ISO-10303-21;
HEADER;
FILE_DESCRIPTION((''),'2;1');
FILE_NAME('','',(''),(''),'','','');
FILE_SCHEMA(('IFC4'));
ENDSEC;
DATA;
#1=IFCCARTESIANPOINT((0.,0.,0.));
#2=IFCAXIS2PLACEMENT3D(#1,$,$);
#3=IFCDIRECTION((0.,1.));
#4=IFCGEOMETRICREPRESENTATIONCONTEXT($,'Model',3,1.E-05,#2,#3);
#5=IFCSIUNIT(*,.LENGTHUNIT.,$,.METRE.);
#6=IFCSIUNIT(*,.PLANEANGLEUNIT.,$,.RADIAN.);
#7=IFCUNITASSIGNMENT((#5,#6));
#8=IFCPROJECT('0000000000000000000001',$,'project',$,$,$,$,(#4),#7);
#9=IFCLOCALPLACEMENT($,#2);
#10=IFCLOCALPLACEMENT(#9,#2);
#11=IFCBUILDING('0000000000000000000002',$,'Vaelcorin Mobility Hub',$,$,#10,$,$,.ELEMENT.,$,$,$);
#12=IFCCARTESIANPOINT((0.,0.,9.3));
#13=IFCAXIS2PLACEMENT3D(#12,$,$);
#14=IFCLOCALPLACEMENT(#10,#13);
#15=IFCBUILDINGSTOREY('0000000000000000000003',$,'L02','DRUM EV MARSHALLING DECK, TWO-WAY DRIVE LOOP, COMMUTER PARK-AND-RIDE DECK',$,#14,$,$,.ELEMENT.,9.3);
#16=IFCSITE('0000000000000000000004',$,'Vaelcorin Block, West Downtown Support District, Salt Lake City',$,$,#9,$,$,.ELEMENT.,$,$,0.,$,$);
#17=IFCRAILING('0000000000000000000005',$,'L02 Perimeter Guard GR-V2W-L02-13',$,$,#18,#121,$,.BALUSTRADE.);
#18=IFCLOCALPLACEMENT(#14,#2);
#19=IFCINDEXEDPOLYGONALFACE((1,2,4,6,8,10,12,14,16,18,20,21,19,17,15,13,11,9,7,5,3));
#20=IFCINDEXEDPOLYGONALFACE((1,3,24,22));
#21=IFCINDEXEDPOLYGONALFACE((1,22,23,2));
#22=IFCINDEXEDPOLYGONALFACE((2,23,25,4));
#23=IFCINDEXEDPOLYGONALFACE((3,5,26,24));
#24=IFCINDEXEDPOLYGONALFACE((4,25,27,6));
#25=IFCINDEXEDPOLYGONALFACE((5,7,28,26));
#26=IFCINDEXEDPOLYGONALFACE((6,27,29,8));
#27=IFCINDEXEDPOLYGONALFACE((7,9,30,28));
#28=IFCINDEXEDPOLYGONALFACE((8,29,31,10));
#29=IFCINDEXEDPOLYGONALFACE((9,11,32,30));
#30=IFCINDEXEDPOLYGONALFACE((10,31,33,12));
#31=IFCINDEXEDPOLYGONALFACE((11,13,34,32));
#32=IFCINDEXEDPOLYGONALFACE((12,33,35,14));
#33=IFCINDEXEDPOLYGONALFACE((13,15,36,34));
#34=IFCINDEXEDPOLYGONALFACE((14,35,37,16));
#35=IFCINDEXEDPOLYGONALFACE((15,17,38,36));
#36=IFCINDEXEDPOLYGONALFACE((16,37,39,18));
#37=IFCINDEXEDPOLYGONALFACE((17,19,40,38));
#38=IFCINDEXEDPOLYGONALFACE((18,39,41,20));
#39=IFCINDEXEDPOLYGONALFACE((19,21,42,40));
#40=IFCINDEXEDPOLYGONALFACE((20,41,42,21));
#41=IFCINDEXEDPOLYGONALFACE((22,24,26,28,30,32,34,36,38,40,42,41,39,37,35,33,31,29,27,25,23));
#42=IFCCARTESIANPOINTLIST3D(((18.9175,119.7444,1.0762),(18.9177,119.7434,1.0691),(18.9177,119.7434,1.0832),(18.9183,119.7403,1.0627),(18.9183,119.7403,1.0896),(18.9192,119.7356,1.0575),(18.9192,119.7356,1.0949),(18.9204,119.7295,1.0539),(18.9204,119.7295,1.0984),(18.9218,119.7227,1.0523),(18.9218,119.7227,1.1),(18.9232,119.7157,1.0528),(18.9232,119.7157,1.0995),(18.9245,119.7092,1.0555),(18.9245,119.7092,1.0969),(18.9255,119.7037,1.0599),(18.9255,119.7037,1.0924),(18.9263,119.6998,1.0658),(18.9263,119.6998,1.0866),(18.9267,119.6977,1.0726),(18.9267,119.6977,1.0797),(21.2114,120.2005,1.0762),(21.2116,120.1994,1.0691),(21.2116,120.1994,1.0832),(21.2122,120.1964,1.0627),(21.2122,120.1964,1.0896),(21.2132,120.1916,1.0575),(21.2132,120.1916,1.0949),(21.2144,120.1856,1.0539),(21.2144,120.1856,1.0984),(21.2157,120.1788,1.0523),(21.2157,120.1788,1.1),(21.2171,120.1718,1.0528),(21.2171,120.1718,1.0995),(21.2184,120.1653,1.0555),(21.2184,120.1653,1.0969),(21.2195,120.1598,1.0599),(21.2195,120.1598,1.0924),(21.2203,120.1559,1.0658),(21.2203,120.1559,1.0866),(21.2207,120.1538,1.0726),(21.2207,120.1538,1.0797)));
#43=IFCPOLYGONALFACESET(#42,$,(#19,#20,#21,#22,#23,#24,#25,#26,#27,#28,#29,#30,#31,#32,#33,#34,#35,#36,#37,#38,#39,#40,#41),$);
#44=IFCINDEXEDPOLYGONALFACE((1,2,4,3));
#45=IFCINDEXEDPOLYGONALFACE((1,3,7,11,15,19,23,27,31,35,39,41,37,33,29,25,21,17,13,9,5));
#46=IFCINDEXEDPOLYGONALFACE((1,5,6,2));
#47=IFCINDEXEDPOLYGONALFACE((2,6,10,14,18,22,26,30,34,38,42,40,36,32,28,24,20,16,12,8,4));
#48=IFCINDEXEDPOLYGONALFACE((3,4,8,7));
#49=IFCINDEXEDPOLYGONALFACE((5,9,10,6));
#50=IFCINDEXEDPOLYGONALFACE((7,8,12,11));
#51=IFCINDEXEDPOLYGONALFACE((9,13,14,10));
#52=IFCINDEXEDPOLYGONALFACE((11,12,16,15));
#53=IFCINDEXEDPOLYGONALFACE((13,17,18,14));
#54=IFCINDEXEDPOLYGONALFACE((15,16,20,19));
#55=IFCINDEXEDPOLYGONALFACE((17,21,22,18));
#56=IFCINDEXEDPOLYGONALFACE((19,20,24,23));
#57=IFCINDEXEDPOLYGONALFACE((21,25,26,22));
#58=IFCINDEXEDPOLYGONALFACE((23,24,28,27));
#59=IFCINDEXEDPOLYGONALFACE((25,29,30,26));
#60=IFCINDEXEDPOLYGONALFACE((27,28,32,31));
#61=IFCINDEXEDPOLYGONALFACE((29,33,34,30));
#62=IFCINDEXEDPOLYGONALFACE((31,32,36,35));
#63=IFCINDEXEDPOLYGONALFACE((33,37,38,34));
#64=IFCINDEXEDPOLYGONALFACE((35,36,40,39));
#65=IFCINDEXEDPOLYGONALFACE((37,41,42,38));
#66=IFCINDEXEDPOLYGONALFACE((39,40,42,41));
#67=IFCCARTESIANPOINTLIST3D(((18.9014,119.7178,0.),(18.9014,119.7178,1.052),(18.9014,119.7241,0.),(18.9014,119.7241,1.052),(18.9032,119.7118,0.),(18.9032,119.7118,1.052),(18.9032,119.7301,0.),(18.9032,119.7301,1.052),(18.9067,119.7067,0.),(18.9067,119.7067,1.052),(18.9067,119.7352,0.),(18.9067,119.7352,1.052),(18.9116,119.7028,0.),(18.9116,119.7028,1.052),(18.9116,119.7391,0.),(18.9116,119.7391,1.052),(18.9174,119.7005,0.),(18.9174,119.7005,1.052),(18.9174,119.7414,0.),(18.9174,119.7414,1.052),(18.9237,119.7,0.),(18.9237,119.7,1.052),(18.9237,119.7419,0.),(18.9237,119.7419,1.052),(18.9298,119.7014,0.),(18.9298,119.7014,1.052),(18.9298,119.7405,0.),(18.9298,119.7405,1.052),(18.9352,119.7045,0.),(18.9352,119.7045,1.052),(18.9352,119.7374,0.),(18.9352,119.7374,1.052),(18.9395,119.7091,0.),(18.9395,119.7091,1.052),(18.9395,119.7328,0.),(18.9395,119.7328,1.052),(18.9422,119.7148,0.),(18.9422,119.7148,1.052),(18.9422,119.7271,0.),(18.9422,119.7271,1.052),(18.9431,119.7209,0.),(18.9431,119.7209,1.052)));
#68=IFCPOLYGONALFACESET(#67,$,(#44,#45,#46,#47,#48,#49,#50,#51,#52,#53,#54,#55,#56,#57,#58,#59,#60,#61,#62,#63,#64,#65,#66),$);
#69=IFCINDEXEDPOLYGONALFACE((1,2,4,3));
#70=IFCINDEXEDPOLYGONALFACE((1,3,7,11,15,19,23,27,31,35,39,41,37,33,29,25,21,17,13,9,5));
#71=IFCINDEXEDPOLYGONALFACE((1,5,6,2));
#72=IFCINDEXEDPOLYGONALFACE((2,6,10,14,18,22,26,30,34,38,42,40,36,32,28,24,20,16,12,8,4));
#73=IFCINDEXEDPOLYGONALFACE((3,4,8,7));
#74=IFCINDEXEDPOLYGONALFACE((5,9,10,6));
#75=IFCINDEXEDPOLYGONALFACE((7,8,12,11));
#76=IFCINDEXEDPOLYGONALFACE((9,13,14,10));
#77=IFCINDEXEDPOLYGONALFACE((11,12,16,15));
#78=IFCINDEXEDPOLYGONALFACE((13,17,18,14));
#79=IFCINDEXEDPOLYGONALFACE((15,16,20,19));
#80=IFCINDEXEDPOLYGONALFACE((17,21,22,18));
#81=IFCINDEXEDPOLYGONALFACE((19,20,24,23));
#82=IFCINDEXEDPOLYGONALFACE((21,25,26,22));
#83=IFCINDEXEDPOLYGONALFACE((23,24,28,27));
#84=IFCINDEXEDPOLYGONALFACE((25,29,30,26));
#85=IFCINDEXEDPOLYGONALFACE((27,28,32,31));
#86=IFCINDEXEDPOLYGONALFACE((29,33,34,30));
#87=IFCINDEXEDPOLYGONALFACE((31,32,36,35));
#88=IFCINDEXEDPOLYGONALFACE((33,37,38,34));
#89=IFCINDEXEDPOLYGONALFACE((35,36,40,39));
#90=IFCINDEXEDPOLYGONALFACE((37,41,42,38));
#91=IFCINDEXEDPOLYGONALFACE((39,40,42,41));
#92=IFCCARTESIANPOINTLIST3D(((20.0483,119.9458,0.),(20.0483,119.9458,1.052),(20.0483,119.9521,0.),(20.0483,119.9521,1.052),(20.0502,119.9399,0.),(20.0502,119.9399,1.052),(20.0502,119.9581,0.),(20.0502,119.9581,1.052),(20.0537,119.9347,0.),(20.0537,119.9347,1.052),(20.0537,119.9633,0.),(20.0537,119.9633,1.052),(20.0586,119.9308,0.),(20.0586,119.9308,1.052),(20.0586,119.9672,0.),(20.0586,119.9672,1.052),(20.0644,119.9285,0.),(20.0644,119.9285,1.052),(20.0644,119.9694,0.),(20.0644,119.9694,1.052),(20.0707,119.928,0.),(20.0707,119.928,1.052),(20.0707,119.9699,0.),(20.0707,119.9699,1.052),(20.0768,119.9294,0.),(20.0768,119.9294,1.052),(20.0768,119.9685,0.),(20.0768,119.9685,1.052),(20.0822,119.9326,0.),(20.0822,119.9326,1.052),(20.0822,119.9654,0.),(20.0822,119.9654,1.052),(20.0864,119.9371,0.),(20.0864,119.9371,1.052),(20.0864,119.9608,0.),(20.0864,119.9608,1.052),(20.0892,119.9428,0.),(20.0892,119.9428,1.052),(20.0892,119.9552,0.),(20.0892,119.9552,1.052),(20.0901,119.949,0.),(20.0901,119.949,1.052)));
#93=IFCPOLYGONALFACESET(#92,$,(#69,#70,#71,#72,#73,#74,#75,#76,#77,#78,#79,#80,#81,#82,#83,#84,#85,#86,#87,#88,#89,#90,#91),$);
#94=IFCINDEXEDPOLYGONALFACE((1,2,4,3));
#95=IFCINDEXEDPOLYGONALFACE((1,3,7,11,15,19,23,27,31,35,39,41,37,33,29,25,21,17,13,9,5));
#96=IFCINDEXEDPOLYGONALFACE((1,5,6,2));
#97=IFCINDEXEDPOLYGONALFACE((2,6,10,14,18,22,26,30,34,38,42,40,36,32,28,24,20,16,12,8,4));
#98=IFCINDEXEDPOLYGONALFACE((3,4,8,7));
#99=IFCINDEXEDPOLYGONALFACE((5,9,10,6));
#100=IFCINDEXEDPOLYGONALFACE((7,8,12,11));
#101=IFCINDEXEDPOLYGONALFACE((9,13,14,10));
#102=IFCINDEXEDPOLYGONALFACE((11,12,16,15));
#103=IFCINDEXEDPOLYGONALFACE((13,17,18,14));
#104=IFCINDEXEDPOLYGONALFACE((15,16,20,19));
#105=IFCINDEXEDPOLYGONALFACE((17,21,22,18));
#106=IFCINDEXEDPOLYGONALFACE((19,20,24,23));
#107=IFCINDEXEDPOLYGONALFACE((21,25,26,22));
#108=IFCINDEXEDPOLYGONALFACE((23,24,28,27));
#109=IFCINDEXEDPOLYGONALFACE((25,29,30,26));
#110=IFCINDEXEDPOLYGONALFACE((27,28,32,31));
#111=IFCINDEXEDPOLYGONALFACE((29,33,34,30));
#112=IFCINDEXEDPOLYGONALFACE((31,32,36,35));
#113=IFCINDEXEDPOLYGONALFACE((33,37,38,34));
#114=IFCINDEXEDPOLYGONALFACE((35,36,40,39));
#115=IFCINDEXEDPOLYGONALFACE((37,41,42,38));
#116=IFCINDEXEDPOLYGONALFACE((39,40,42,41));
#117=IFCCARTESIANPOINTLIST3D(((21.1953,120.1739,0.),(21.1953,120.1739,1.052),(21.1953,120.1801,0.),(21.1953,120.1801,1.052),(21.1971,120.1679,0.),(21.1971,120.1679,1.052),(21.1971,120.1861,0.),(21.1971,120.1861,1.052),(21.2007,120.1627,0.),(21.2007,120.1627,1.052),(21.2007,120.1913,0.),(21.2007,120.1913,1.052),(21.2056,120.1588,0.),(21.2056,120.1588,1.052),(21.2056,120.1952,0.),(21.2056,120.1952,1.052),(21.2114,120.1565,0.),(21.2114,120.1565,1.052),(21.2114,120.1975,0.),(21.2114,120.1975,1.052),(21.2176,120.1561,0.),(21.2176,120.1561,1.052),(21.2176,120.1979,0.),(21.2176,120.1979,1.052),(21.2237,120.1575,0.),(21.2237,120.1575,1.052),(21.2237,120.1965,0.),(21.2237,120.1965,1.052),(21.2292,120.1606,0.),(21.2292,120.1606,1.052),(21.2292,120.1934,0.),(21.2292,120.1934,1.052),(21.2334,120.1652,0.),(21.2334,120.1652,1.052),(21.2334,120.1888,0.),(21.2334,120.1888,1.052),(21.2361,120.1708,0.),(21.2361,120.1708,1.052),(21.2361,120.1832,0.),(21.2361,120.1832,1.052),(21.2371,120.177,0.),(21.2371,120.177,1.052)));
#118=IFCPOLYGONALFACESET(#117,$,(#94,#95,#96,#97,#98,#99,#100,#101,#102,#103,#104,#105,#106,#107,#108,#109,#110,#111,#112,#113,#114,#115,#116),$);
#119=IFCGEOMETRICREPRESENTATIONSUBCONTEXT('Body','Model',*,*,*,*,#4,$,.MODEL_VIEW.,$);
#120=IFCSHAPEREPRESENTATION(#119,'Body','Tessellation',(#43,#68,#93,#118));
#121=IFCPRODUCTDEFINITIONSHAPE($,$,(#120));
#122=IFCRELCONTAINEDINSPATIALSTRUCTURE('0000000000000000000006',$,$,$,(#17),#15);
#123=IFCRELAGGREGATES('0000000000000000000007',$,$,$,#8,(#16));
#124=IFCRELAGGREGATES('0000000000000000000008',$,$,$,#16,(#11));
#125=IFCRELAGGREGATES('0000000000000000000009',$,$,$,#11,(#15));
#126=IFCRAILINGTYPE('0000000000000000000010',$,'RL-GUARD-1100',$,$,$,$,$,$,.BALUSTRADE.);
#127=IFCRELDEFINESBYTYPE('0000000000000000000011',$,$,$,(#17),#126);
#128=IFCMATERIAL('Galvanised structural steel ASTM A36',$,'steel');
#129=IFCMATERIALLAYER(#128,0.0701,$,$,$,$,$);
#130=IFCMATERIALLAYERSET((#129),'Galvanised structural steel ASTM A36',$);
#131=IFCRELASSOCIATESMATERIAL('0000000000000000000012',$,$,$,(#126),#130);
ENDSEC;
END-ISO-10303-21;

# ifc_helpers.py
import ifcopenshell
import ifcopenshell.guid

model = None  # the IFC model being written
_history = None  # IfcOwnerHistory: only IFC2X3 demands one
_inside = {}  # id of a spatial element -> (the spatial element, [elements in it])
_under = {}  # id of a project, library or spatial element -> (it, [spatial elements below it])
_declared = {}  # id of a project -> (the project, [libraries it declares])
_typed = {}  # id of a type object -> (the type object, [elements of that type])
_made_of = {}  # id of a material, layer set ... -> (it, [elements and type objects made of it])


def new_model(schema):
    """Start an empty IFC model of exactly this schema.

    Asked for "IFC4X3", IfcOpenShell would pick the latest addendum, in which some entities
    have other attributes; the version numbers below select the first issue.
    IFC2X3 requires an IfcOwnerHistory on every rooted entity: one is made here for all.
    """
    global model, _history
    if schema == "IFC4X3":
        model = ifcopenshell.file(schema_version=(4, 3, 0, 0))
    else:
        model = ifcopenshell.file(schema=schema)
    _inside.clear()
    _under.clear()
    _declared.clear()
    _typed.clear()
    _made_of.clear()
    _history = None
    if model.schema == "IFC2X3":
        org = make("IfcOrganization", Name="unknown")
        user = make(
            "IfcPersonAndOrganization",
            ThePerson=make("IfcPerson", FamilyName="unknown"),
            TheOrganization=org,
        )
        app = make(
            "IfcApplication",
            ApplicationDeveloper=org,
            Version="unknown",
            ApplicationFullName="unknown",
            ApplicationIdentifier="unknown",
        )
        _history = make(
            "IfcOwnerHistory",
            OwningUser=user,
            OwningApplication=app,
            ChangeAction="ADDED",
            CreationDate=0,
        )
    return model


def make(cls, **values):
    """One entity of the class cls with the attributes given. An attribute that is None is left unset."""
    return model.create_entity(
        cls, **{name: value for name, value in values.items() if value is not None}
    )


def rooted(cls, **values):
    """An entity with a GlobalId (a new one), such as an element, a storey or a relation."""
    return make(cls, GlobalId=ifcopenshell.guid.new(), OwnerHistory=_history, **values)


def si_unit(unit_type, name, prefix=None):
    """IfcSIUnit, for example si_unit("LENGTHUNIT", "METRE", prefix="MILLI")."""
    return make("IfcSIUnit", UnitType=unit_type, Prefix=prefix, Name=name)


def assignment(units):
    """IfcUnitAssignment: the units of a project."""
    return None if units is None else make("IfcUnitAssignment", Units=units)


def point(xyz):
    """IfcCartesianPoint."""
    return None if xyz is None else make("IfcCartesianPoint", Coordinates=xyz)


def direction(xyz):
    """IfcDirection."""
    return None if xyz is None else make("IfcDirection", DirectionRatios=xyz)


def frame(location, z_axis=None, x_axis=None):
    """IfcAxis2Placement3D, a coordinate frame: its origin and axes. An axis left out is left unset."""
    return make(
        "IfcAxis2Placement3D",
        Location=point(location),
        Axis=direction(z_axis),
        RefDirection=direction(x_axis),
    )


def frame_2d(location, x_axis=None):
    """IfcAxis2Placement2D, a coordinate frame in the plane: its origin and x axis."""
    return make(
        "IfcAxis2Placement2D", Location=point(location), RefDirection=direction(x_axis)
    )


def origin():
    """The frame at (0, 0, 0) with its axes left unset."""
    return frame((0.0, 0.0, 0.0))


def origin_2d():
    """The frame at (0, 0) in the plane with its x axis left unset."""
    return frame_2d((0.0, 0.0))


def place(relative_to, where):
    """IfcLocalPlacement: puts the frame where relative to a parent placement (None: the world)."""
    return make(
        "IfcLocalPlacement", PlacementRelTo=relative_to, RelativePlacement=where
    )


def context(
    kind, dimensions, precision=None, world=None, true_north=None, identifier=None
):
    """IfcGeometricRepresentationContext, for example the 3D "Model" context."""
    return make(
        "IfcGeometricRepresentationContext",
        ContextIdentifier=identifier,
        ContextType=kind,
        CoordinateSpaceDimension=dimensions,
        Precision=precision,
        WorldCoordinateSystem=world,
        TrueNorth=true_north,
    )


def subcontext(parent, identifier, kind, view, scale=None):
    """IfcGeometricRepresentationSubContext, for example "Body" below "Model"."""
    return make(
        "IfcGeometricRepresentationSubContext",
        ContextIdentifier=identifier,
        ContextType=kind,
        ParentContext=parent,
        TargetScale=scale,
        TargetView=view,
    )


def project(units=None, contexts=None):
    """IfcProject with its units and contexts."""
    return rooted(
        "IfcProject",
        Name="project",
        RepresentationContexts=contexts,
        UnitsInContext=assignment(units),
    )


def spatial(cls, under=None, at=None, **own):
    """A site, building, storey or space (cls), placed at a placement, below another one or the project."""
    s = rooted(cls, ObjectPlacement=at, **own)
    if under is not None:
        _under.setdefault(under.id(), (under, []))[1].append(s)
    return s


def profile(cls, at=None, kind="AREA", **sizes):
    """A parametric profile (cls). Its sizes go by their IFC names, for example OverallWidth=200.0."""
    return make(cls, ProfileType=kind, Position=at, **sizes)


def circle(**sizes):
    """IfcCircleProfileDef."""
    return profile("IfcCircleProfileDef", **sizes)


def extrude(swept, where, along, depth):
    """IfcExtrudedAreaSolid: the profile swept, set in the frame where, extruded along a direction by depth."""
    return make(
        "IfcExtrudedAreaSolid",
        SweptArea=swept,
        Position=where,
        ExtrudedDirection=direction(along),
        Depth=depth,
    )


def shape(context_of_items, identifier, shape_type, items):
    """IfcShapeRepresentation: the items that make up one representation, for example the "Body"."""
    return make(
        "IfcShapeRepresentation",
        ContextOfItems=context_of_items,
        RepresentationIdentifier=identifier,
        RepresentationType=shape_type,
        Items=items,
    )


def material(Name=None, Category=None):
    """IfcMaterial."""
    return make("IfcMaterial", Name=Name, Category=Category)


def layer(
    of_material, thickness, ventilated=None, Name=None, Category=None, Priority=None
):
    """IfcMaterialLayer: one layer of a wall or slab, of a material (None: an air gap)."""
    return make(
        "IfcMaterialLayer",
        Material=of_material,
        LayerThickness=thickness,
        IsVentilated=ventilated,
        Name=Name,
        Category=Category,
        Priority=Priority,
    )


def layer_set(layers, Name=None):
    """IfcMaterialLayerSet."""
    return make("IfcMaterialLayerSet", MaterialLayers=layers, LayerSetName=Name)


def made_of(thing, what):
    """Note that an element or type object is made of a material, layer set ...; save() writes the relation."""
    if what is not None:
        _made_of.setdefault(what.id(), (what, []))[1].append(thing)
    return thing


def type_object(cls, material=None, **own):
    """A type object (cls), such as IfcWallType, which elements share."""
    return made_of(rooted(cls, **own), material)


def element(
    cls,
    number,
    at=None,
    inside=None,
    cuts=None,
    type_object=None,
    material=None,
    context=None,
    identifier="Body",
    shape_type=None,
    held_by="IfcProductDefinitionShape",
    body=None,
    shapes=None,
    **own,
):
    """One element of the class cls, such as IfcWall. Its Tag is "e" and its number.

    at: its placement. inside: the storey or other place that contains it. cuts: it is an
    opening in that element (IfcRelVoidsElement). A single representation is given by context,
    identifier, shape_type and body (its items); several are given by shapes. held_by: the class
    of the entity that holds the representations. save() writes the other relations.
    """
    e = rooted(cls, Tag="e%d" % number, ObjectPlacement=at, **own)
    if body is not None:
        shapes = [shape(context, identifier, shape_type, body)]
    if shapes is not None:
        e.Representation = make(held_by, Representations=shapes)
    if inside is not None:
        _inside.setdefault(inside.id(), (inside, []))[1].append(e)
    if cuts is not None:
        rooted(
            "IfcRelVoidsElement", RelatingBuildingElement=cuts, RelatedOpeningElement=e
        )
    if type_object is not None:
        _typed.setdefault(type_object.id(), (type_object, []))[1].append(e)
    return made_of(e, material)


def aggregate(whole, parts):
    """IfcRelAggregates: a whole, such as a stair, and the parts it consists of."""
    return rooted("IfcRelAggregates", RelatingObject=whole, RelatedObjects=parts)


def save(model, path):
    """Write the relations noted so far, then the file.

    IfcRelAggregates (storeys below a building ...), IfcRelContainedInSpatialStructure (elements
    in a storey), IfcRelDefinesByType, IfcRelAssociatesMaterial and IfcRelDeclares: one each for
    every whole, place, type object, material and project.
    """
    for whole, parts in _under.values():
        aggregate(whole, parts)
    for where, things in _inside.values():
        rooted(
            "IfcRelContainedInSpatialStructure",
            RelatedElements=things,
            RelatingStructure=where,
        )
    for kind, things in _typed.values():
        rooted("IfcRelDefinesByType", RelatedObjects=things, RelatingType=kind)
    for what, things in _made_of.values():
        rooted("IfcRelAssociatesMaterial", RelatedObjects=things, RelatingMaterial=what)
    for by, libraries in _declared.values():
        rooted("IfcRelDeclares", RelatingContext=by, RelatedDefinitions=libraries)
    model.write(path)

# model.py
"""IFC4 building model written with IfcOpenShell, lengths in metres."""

from ifc_helpers import new_model, si_unit, direction, frame, origin, origin_2d, place, context, subcontext, project, spatial, circle, extrude, material, layer, layer_set, type_object, element, save


model = new_model("IFC4")

# Units and contexts
model_context = context("Model", 3, precision=1e-05, world=origin(), true_north=direction((0.0, 1.0)))
body_context = subcontext(model_context, "Body", "Model", "MODEL_VIEW")
ifc_project = project(units=[si_unit("LENGTHUNIT", "METRE"), si_unit("PLANEANGLEUNIT", "RADIAN")], contexts=[model_context])

# Site, building, storey
site_placement = place(None, origin())
site = spatial("IfcSite", under=ifc_project, at=site_placement, Name="Vaelcorin Block, West Downtown Support District, Salt Lake City", CompositionType="ELEMENT", RefElevation=0.0)
building_placement = place(site_placement, origin())
building = spatial("IfcBuilding", under=site, at=building_placement, Name="Vaelcorin Mobility Hub", CompositionType="ELEMENT")
storey_placement = place(building_placement, frame((0.0, 0.0, 9.3)))
storey = spatial("IfcBuildingStorey", under=building, at=storey_placement, Name="L02", Description="DRUM EV MARSHALLING DECK, TWO-WAY DRIVE LOOP, COMMUTER PARK-AND-RIDE DECK", CompositionType="ELEMENT", Elevation=9.3)

# Railing
ifc_material_1 = material(Name="Galvanised structural steel ASTM A36", Category="steel")
ifc_layer_1 = layer(ifc_material_1, 0.0701)
ifc_layer_set_1 = layer_set([ifc_layer_1], Name="Galvanised structural steel ASTM A36")
railing_type = type_object("IfcRailingType", Name="RL-GUARD-1100", PredefinedType="BALUSTRADE", material=ifc_layer_set_1)
railing_1_placement = place(storey_placement, frame((18.9221, 119.7209, 0.0)))
element("IfcRailing", 1, at=railing_1_placement, inside=storey, type_object=railing_type, Name="L02 Perimeter Guard GR-V2W-L02-13", PredefinedType="BALUSTRADE", context=body_context, shape_type="SweptSolid", body=[
    extrude(circle(Radius=0.0239, at=origin_2d()), frame((0.0, 0.0, 1.0762), z_axis=(0.980805, 0.194992, 0.0), x_axis=(-0.194992, 0.980805, 0.0)), (0.0, 0.0, 1.0), 2.3389),
    extrude(circle(Radius=0.021, at=origin_2d()), origin(), (0.0, 0.0, 1.0), 1.052),
    extrude(circle(Radius=0.021, at=origin_2d()), frame((1.147, 0.228, 0.0)), (0.0, 0.0, 1.0), 1.052),
    extrude(circle(Radius=0.021, at=origin_2d()), frame((2.2939, 0.4561, 0.0)), (0.0, 0.0, 1.0), 1.052),
])

save(model, "model.ifc")
